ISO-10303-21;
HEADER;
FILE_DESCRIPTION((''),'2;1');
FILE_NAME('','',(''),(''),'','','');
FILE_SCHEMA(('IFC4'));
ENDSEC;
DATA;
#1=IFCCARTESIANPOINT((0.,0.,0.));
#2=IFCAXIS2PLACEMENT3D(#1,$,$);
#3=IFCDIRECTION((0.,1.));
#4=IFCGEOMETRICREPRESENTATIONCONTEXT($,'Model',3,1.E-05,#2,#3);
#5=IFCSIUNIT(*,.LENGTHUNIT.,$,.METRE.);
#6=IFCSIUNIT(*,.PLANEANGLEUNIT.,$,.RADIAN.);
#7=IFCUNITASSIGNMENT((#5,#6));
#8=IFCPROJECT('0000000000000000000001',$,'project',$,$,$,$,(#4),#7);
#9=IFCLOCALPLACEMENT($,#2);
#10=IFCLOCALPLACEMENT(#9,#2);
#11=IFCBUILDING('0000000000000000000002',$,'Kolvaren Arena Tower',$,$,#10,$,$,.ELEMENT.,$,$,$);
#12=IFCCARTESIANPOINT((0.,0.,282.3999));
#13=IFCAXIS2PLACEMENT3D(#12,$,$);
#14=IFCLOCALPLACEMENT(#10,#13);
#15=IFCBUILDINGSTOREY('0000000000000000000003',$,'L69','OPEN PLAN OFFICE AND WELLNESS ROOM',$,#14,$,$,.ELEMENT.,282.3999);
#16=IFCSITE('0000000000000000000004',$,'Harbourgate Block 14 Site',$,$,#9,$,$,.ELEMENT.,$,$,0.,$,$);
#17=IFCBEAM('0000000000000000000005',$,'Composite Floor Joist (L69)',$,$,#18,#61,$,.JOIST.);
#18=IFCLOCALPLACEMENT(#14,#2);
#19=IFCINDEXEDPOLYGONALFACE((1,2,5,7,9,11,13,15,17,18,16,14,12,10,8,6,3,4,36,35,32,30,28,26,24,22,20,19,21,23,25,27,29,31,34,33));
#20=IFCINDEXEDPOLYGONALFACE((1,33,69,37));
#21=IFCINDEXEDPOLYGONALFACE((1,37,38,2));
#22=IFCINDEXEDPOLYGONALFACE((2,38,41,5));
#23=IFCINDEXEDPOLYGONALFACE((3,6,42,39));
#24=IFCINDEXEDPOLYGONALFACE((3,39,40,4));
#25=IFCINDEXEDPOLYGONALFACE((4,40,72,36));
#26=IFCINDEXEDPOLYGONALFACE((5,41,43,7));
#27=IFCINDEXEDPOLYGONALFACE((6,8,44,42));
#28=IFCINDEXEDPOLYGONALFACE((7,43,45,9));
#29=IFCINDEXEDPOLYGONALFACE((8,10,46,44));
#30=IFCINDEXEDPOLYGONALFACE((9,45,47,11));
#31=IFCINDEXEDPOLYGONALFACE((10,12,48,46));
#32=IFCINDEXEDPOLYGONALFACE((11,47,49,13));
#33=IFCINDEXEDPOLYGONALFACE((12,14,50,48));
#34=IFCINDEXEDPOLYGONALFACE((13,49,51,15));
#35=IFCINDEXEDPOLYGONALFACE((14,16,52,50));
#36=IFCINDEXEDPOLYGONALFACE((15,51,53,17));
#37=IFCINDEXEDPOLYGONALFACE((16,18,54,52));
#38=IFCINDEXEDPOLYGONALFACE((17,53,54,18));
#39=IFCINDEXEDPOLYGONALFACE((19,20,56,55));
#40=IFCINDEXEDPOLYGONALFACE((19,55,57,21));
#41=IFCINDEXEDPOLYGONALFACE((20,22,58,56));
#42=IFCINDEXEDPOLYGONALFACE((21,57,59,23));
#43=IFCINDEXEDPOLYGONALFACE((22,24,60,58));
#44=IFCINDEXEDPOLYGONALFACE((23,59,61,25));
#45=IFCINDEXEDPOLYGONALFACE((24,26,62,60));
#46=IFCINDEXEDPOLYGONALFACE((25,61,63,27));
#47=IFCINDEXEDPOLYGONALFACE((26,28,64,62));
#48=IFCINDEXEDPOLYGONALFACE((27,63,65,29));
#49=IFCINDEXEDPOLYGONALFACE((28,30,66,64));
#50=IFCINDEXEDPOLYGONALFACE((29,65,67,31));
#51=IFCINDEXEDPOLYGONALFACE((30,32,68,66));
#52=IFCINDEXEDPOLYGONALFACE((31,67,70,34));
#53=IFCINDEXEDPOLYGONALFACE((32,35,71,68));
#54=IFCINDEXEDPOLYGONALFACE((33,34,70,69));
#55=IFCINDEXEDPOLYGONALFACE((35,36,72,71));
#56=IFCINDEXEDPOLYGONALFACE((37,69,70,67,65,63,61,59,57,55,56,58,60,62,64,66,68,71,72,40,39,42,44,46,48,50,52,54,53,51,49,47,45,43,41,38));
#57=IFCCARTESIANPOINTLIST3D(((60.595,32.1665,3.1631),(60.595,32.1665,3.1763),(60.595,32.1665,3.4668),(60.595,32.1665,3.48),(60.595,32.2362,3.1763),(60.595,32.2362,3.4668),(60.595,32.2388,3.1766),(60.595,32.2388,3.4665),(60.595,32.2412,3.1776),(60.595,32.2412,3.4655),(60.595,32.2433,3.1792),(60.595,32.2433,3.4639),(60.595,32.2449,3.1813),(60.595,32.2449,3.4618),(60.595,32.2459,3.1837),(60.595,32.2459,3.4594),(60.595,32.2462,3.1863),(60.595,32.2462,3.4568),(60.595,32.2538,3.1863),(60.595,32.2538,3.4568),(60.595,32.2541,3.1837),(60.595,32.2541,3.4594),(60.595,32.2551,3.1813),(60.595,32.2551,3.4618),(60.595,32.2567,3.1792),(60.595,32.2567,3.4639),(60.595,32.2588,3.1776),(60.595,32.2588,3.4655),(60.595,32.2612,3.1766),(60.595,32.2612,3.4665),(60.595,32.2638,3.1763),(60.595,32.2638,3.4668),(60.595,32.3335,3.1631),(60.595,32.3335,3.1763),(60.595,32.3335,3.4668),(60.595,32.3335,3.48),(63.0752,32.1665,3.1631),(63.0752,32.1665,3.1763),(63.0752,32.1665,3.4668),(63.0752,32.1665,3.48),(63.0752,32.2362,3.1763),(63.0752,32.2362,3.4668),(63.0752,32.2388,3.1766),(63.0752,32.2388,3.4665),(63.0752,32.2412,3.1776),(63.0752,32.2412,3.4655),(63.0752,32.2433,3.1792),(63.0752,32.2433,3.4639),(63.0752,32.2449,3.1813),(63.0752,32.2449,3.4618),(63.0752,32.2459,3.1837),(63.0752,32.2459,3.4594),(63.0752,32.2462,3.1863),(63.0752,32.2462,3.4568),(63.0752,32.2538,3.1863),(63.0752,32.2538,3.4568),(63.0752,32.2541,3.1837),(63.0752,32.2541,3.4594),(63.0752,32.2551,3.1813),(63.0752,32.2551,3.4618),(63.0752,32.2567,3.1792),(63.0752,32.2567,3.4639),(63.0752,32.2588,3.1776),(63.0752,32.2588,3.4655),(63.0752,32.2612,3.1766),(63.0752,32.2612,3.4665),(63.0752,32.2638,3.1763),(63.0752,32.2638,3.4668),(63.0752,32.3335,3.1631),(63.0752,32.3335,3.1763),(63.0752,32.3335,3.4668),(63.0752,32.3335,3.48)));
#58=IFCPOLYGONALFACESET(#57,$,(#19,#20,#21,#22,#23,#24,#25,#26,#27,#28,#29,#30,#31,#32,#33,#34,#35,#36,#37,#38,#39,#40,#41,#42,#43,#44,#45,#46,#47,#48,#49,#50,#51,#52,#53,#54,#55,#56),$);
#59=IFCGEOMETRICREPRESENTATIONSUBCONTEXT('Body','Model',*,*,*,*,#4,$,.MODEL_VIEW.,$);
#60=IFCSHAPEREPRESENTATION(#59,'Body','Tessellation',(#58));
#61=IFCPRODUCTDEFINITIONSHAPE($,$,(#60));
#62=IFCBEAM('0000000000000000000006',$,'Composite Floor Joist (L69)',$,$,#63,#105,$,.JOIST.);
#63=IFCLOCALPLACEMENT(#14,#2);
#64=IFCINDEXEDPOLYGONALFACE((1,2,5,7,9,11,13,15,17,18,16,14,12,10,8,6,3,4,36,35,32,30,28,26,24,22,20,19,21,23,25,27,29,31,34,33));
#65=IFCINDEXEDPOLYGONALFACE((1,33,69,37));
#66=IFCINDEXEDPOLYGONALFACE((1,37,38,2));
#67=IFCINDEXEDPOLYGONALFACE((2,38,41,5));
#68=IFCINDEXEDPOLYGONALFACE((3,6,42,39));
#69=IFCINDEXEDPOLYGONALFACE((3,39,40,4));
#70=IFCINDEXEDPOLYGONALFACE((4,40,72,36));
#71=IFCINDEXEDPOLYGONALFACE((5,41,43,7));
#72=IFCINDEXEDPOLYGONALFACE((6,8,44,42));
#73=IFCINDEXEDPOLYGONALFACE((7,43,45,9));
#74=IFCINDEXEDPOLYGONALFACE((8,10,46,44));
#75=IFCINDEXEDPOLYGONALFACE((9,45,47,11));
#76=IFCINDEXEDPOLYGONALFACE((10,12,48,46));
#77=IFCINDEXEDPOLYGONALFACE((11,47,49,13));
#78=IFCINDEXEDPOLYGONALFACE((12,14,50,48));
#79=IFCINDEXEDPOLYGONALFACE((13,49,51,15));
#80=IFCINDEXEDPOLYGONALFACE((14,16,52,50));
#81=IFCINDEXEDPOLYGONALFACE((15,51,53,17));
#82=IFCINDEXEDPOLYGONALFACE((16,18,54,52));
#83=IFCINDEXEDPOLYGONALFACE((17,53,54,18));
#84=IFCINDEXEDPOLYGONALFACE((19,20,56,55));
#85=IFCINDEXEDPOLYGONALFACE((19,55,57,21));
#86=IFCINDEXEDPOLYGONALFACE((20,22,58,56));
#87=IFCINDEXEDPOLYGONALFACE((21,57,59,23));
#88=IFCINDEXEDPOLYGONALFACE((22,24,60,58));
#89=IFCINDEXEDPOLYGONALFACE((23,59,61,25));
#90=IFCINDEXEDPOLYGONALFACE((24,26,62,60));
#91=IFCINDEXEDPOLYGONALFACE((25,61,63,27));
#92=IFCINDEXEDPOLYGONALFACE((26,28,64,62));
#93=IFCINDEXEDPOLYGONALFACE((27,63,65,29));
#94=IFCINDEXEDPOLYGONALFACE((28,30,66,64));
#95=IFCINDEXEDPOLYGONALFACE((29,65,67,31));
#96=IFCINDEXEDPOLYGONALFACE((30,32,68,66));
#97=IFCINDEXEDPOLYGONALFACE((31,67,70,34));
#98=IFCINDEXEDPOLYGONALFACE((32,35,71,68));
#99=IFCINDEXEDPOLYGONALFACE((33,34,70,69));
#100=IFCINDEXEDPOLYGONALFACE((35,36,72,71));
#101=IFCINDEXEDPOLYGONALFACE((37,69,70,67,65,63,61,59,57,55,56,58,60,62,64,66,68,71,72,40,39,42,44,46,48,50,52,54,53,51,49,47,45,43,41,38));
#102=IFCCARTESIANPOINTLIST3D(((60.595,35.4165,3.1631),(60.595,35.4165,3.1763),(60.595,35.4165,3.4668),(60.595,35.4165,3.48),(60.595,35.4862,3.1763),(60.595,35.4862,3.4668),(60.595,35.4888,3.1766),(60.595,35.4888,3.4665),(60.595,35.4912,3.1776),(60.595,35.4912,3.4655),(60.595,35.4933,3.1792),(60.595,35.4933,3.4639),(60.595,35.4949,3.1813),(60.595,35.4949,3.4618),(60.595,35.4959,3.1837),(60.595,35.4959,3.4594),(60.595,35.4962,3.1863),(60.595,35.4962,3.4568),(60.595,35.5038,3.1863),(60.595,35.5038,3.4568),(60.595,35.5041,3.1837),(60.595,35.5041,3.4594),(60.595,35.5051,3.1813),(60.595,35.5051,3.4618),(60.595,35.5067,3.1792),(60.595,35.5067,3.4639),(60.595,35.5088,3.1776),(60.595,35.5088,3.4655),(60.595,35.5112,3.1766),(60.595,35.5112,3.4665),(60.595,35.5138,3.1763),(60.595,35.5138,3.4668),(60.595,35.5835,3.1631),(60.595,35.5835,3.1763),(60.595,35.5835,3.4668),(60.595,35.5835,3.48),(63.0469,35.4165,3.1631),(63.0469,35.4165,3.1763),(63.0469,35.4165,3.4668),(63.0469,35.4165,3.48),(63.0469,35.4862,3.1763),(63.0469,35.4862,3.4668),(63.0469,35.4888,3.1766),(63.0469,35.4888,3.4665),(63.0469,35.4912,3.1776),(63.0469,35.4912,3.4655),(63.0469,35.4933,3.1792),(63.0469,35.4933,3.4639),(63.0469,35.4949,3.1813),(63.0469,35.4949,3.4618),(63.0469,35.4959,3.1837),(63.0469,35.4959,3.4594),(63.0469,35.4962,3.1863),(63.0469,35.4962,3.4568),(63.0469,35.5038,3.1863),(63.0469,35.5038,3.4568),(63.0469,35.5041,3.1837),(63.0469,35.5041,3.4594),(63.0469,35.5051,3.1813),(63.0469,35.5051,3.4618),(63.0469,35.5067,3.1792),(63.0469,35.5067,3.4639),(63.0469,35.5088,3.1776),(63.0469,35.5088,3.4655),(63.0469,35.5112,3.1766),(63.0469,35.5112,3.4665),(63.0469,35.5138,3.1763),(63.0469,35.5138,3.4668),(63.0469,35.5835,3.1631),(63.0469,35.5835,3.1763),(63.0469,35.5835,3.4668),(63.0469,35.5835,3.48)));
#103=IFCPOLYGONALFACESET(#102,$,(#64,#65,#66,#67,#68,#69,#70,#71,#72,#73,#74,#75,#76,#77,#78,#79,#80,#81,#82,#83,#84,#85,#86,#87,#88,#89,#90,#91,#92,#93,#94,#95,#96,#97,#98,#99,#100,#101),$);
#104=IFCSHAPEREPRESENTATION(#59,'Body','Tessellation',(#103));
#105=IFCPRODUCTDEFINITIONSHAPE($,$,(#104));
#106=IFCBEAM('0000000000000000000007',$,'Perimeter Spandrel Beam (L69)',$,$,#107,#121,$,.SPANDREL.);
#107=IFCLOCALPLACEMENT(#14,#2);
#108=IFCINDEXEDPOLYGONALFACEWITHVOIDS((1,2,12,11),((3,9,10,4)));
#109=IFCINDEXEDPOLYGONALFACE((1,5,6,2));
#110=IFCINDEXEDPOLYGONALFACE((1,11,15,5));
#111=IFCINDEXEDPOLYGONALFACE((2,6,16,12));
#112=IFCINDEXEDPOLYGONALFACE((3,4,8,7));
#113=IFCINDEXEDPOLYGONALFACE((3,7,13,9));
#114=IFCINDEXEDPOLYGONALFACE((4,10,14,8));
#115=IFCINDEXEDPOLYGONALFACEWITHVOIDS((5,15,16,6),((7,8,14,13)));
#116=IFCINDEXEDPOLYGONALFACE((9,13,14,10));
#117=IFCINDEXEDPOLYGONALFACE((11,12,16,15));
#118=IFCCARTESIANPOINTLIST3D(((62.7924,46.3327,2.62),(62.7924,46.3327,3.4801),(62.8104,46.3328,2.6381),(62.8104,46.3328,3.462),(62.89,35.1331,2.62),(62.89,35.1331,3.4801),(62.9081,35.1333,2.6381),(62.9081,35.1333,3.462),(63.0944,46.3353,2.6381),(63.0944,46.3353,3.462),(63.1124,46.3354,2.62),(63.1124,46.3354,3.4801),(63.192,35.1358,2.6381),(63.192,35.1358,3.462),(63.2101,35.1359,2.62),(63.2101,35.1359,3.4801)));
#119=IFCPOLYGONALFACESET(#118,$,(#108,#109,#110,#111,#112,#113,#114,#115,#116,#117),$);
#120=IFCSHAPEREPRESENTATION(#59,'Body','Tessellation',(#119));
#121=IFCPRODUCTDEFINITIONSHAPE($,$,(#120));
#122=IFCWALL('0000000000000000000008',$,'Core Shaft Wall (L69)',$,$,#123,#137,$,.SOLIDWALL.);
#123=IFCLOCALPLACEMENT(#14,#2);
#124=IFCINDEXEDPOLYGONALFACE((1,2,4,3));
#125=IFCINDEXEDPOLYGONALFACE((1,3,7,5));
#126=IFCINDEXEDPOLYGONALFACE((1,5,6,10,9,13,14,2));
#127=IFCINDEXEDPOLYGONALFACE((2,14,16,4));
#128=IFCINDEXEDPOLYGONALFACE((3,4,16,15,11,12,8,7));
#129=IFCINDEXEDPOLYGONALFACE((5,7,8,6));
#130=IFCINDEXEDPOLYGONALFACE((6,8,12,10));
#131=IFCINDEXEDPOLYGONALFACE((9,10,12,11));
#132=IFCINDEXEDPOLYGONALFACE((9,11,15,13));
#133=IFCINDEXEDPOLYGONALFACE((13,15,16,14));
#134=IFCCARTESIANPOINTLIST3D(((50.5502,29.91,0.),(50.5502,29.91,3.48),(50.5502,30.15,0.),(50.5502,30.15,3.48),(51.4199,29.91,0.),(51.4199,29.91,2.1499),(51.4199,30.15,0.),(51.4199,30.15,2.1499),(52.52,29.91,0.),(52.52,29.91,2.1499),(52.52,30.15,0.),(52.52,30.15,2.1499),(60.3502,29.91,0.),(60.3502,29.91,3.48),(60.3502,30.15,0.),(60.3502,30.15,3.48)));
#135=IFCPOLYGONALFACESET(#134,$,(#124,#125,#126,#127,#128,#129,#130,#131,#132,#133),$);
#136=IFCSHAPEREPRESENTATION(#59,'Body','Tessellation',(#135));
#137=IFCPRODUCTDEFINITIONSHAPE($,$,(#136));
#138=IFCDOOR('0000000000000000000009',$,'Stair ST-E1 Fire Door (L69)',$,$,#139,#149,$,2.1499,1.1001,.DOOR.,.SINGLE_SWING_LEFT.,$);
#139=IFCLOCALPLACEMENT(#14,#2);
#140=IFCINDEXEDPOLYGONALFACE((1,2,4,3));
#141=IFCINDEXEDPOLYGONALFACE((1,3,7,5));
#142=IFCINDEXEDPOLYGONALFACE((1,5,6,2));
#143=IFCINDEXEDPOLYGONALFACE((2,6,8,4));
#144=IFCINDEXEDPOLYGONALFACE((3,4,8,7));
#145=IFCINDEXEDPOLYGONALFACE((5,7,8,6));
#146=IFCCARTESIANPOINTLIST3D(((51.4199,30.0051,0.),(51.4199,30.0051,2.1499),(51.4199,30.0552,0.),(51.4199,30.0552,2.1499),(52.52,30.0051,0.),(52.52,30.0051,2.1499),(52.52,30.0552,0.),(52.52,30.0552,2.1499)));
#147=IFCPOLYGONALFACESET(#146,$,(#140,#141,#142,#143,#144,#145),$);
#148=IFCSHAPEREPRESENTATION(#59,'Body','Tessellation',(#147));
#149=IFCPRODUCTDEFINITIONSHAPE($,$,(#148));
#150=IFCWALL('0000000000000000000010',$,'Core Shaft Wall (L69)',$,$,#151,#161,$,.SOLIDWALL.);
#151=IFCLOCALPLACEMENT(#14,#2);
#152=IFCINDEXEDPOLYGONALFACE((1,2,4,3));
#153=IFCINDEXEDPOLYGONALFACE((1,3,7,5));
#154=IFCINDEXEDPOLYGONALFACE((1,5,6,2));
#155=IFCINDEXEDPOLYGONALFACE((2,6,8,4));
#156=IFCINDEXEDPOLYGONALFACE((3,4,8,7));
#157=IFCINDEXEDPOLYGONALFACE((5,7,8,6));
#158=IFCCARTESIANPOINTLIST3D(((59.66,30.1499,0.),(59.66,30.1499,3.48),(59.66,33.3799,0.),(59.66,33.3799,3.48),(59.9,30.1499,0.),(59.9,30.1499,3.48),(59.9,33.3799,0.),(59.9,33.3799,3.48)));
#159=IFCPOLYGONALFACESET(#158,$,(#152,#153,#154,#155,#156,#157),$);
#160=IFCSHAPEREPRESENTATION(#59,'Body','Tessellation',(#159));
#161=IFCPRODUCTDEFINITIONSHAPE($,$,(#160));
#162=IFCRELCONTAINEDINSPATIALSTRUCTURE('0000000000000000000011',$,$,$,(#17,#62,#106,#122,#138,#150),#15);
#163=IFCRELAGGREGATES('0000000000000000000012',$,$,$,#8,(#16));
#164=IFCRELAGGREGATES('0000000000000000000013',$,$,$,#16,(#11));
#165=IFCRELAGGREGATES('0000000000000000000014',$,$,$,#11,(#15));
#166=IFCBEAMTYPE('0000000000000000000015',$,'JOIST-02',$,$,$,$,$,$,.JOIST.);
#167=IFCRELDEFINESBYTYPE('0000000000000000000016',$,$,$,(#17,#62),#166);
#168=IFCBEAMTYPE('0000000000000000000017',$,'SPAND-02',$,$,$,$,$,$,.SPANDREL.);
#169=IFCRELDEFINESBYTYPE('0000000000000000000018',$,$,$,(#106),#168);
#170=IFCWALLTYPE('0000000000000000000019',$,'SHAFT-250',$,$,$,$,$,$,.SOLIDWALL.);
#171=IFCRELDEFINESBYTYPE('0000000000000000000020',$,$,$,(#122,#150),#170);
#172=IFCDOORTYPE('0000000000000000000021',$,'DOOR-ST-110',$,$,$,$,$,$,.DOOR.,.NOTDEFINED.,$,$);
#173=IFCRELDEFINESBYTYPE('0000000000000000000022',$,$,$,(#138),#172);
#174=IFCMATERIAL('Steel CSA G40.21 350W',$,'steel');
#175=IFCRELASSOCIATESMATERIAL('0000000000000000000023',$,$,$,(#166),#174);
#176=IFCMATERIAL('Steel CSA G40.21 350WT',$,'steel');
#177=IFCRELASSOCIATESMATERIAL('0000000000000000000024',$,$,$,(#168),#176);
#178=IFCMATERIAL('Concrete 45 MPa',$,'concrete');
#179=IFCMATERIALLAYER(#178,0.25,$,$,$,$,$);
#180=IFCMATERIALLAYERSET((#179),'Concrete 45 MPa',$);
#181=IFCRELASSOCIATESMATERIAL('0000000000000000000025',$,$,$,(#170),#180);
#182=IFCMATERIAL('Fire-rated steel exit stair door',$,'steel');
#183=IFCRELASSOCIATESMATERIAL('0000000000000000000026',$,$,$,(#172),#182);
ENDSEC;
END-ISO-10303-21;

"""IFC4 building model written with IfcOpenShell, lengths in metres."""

from ifc_helpers import new_model, si_unit, direction, frame, frame_2d, origin, origin_2d, place, context, subcontext, project, spatial, rectangle, hollow_rectangle, i_section, extrude, material, layer, layer_set, material_profile, profile_set, type_object, element, fill, save


model = new_model("IFC4")

# Units and contexts
model_context = context("Model", 3, precision=1e-05, world=origin(), true_north=direction((0.0, 1.0)))
body_context = subcontext(model_context, "Body", "Model", "MODEL_VIEW")
ifc_project = project(units=[si_unit("LENGTHUNIT", "METRE"), si_unit("PLANEANGLEUNIT", "RADIAN")], contexts=[model_context])

# Site, building, storey
site_placement = place(None, origin())
site = spatial("IfcSite", under=ifc_project, at=site_placement, Name="Harbourgate Block 14 Site", CompositionType="ELEMENT", RefElevation=0.0)
building_placement = place(site_placement, origin())
building = spatial("IfcBuilding", under=site, at=building_placement, Name="Kolvaren Arena Tower", CompositionType="ELEMENT")
storey_placement = place(building_placement, frame((0.0, 0.0, 282.3999)))
storey = spatial("IfcBuildingStorey", under=building, at=storey_placement, Name="L69", Description="OPEN PLAN OFFICE AND WELLNESS ROOM", CompositionType="ELEMENT", Elevation=282.3999)

# Beams
ifc_material_1 = material(Name="Steel CSA G40.21 350W", Category="steel")
ifc_material_profile_1 = material_profile(ifc_material_1, i_section(OverallWidth=0.167, OverallDepth=0.3169, WebThickness=0.0076, FlangeThickness=0.0132, FilletRadius=0.01, at=origin_2d()), Name="W310x52")
ifc_profile_set_1 = profile_set([ifc_material_profile_1], Name="Steel CSA G40.21 350W")
beam_type_1 = type_object("IfcBeamType", Name="JOIST-02", PredefinedType="JOIST", material=ifc_profile_set_1)
beam_1_placement = place(storey_placement, frame((60.595, 32.25, 3.3215), z_axis=(1.0, 0.0, 0.0), x_axis=(0.0, 1.0, 0.0)))
element("IfcBeam", 1, at=beam_1_placement, inside=storey, type_object=beam_type_1, Name="Composite Floor Joist (L69)", PredefinedType="JOIST", context=body_context, shape_type="SweptSolid", body=[
    extrude(i_section(OverallWidth=0.167, OverallDepth=0.3169, WebThickness=0.0076, FlangeThickness=0.0132, FilletRadius=0.01, at=origin_2d()), origin(), (0.0, 0.0, 1.0), 2.4802),
])
beam_2_placement = place(storey_placement, frame((60.595, 35.5, 3.3215), z_axis=(1.0, 0.0, 0.0), x_axis=(0.0, 1.0, 0.0)))
element("IfcBeam", 2, at=beam_2_placement, inside=storey, type_object=beam_type_1, Name="Composite Floor Joist (L69)", PredefinedType="JOIST", context=body_context, shape_type="SweptSolid", body=[
    extrude(i_section(OverallWidth=0.167, OverallDepth=0.3169, WebThickness=0.0076, FlangeThickness=0.0132, FilletRadius=0.01, at=origin_2d()), origin(), (0.0, 0.0, 1.0), 2.4519),
])
ifc_material_2 = material(Name="Steel CSA G40.21 350WT", Category="steel")
ifc_material_profile_2 = material_profile(ifc_material_2, hollow_rectangle(XDim=0.3201, YDim=0.8601, WallThickness=0.0181, at=origin_2d()), Name="HSS 860x320x18")
ifc_profile_set_2 = profile_set([ifc_material_profile_2], Name="Steel CSA G40.21 350WT")
beam_type_2 = type_object("IfcBeamType", Name="SPAND-02", PredefinedType="SPANDREL", material=ifc_profile_set_2)
beam_3_placement = place(storey_placement, frame((63.05, 35.1345, 3.05), z_axis=(-0.008719, 0.999962, 0.0), x_axis=(-0.999962, -0.008719, 0.0)))
element("IfcBeam", 3, at=beam_3_placement, inside=storey, type_object=beam_type_2, Name="Perimeter Spandrel Beam (L69)", PredefinedType="SPANDREL", context=body_context, shape_type="SweptSolid", body=[
    extrude(hollow_rectangle(XDim=0.3201, YDim=0.8601, WallThickness=0.0181, at=origin_2d()), origin(), (0.0, 0.0, 1.0), 11.2),
])

# Wall, opening, door
ifc_material_3 = material(Name="Concrete 45 MPa", Category="concrete")
ifc_layer = layer(ifc_material_3, 0.25)
ifc_layer_set = layer_set([ifc_layer], Name="Concrete 45 MPa")
wall_type = type_object("IfcWallType", Name="SHAFT-250", PredefinedType="SOLIDWALL", material=ifc_layer_set)
wall_1_placement = place(storey_placement, frame((60.3501, 30.03, 0.0), z_axis=(0.0, 0.0, 1.0), x_axis=(-1.0, 0.0, 0.0)))
wall_1 = element("IfcWall", 4, at=wall_1_placement, inside=storey, type_object=wall_type, Name="Core Shaft Wall (L69)", PredefinedType="SOLIDWALL", context=body_context, shape_type="SweptSolid", body=[
    extrude(rectangle(XDim=9.8, YDim=0.24, at=frame_2d((4.8999, 0.0))), origin(), (0.0, 0.0, 1.0), 3.48),
])
opening_1_placement = place(wall_1_placement, frame((7.8301, 0.0, 0.0)))
opening_1 = element("IfcOpeningElement", 5, at=opening_1_placement, cuts=wall_1, PredefinedType="OPENING", context=body_context, shape_type="SweptSolid", body=[
    extrude(rectangle(XDim=1.1001, YDim=2.1499, at=frame_2d((0.55, 1.075))), frame((0.0, 0.1299, 0.0), z_axis=(0.0, -1.0, 0.0), x_axis=(1.0, 0.0, 0.0)), (0.0, 0.0, 1.0), 0.26),
])
ifc_material_4 = material(Name="Fire-rated steel exit stair door", Category="steel")
door_type_1 = type_object("IfcDoorType", Name="DOOR-ST-110", OperationType="NOTDEFINED", PredefinedType="DOOR", material=ifc_material_4)
door_1_placement = place(opening_1_placement, origin())
door_1 = element("IfcDoor", 6, at=door_1_placement, inside=storey, type_object=door_type_1, Name="Stair ST-E1 Fire Door (L69)", OperationType="SINGLE_SWING_LEFT", OverallHeight=2.1499, OverallWidth=1.1001, PredefinedType="DOOR", context=body_context, shape_type="SweptSolid", body=[
    extrude(rectangle(XDim=1.1001, YDim=2.1499, at=frame_2d((0.55, 1.075))), frame((0.0, 0.0249, 0.0), z_axis=(0.0, -1.0, 0.0), x_axis=(1.0, 0.0, 0.0)), (0.0, 0.0, 1.0), 0.05),
])
fill(opening_1, door_1)

# Wall
wall_2_placement = place(storey_placement, frame((59.78, 30.1499, 0.0), z_axis=(0.0, 0.0, 1.0), x_axis=(0.0, 1.0, 0.0)))
element("IfcWall", 7, at=wall_2_placement, inside=storey, type_object=wall_type, Name="Core Shaft Wall (L69)", PredefinedType="SOLIDWALL", context=body_context, shape_type="SweptSolid", body=[
    extrude(rectangle(XDim=3.23, YDim=0.24, at=frame_2d((1.615, 0.0))), origin(), (0.0, 0.0, 1.0), 3.48),
])

save(model, "model.ifc")
